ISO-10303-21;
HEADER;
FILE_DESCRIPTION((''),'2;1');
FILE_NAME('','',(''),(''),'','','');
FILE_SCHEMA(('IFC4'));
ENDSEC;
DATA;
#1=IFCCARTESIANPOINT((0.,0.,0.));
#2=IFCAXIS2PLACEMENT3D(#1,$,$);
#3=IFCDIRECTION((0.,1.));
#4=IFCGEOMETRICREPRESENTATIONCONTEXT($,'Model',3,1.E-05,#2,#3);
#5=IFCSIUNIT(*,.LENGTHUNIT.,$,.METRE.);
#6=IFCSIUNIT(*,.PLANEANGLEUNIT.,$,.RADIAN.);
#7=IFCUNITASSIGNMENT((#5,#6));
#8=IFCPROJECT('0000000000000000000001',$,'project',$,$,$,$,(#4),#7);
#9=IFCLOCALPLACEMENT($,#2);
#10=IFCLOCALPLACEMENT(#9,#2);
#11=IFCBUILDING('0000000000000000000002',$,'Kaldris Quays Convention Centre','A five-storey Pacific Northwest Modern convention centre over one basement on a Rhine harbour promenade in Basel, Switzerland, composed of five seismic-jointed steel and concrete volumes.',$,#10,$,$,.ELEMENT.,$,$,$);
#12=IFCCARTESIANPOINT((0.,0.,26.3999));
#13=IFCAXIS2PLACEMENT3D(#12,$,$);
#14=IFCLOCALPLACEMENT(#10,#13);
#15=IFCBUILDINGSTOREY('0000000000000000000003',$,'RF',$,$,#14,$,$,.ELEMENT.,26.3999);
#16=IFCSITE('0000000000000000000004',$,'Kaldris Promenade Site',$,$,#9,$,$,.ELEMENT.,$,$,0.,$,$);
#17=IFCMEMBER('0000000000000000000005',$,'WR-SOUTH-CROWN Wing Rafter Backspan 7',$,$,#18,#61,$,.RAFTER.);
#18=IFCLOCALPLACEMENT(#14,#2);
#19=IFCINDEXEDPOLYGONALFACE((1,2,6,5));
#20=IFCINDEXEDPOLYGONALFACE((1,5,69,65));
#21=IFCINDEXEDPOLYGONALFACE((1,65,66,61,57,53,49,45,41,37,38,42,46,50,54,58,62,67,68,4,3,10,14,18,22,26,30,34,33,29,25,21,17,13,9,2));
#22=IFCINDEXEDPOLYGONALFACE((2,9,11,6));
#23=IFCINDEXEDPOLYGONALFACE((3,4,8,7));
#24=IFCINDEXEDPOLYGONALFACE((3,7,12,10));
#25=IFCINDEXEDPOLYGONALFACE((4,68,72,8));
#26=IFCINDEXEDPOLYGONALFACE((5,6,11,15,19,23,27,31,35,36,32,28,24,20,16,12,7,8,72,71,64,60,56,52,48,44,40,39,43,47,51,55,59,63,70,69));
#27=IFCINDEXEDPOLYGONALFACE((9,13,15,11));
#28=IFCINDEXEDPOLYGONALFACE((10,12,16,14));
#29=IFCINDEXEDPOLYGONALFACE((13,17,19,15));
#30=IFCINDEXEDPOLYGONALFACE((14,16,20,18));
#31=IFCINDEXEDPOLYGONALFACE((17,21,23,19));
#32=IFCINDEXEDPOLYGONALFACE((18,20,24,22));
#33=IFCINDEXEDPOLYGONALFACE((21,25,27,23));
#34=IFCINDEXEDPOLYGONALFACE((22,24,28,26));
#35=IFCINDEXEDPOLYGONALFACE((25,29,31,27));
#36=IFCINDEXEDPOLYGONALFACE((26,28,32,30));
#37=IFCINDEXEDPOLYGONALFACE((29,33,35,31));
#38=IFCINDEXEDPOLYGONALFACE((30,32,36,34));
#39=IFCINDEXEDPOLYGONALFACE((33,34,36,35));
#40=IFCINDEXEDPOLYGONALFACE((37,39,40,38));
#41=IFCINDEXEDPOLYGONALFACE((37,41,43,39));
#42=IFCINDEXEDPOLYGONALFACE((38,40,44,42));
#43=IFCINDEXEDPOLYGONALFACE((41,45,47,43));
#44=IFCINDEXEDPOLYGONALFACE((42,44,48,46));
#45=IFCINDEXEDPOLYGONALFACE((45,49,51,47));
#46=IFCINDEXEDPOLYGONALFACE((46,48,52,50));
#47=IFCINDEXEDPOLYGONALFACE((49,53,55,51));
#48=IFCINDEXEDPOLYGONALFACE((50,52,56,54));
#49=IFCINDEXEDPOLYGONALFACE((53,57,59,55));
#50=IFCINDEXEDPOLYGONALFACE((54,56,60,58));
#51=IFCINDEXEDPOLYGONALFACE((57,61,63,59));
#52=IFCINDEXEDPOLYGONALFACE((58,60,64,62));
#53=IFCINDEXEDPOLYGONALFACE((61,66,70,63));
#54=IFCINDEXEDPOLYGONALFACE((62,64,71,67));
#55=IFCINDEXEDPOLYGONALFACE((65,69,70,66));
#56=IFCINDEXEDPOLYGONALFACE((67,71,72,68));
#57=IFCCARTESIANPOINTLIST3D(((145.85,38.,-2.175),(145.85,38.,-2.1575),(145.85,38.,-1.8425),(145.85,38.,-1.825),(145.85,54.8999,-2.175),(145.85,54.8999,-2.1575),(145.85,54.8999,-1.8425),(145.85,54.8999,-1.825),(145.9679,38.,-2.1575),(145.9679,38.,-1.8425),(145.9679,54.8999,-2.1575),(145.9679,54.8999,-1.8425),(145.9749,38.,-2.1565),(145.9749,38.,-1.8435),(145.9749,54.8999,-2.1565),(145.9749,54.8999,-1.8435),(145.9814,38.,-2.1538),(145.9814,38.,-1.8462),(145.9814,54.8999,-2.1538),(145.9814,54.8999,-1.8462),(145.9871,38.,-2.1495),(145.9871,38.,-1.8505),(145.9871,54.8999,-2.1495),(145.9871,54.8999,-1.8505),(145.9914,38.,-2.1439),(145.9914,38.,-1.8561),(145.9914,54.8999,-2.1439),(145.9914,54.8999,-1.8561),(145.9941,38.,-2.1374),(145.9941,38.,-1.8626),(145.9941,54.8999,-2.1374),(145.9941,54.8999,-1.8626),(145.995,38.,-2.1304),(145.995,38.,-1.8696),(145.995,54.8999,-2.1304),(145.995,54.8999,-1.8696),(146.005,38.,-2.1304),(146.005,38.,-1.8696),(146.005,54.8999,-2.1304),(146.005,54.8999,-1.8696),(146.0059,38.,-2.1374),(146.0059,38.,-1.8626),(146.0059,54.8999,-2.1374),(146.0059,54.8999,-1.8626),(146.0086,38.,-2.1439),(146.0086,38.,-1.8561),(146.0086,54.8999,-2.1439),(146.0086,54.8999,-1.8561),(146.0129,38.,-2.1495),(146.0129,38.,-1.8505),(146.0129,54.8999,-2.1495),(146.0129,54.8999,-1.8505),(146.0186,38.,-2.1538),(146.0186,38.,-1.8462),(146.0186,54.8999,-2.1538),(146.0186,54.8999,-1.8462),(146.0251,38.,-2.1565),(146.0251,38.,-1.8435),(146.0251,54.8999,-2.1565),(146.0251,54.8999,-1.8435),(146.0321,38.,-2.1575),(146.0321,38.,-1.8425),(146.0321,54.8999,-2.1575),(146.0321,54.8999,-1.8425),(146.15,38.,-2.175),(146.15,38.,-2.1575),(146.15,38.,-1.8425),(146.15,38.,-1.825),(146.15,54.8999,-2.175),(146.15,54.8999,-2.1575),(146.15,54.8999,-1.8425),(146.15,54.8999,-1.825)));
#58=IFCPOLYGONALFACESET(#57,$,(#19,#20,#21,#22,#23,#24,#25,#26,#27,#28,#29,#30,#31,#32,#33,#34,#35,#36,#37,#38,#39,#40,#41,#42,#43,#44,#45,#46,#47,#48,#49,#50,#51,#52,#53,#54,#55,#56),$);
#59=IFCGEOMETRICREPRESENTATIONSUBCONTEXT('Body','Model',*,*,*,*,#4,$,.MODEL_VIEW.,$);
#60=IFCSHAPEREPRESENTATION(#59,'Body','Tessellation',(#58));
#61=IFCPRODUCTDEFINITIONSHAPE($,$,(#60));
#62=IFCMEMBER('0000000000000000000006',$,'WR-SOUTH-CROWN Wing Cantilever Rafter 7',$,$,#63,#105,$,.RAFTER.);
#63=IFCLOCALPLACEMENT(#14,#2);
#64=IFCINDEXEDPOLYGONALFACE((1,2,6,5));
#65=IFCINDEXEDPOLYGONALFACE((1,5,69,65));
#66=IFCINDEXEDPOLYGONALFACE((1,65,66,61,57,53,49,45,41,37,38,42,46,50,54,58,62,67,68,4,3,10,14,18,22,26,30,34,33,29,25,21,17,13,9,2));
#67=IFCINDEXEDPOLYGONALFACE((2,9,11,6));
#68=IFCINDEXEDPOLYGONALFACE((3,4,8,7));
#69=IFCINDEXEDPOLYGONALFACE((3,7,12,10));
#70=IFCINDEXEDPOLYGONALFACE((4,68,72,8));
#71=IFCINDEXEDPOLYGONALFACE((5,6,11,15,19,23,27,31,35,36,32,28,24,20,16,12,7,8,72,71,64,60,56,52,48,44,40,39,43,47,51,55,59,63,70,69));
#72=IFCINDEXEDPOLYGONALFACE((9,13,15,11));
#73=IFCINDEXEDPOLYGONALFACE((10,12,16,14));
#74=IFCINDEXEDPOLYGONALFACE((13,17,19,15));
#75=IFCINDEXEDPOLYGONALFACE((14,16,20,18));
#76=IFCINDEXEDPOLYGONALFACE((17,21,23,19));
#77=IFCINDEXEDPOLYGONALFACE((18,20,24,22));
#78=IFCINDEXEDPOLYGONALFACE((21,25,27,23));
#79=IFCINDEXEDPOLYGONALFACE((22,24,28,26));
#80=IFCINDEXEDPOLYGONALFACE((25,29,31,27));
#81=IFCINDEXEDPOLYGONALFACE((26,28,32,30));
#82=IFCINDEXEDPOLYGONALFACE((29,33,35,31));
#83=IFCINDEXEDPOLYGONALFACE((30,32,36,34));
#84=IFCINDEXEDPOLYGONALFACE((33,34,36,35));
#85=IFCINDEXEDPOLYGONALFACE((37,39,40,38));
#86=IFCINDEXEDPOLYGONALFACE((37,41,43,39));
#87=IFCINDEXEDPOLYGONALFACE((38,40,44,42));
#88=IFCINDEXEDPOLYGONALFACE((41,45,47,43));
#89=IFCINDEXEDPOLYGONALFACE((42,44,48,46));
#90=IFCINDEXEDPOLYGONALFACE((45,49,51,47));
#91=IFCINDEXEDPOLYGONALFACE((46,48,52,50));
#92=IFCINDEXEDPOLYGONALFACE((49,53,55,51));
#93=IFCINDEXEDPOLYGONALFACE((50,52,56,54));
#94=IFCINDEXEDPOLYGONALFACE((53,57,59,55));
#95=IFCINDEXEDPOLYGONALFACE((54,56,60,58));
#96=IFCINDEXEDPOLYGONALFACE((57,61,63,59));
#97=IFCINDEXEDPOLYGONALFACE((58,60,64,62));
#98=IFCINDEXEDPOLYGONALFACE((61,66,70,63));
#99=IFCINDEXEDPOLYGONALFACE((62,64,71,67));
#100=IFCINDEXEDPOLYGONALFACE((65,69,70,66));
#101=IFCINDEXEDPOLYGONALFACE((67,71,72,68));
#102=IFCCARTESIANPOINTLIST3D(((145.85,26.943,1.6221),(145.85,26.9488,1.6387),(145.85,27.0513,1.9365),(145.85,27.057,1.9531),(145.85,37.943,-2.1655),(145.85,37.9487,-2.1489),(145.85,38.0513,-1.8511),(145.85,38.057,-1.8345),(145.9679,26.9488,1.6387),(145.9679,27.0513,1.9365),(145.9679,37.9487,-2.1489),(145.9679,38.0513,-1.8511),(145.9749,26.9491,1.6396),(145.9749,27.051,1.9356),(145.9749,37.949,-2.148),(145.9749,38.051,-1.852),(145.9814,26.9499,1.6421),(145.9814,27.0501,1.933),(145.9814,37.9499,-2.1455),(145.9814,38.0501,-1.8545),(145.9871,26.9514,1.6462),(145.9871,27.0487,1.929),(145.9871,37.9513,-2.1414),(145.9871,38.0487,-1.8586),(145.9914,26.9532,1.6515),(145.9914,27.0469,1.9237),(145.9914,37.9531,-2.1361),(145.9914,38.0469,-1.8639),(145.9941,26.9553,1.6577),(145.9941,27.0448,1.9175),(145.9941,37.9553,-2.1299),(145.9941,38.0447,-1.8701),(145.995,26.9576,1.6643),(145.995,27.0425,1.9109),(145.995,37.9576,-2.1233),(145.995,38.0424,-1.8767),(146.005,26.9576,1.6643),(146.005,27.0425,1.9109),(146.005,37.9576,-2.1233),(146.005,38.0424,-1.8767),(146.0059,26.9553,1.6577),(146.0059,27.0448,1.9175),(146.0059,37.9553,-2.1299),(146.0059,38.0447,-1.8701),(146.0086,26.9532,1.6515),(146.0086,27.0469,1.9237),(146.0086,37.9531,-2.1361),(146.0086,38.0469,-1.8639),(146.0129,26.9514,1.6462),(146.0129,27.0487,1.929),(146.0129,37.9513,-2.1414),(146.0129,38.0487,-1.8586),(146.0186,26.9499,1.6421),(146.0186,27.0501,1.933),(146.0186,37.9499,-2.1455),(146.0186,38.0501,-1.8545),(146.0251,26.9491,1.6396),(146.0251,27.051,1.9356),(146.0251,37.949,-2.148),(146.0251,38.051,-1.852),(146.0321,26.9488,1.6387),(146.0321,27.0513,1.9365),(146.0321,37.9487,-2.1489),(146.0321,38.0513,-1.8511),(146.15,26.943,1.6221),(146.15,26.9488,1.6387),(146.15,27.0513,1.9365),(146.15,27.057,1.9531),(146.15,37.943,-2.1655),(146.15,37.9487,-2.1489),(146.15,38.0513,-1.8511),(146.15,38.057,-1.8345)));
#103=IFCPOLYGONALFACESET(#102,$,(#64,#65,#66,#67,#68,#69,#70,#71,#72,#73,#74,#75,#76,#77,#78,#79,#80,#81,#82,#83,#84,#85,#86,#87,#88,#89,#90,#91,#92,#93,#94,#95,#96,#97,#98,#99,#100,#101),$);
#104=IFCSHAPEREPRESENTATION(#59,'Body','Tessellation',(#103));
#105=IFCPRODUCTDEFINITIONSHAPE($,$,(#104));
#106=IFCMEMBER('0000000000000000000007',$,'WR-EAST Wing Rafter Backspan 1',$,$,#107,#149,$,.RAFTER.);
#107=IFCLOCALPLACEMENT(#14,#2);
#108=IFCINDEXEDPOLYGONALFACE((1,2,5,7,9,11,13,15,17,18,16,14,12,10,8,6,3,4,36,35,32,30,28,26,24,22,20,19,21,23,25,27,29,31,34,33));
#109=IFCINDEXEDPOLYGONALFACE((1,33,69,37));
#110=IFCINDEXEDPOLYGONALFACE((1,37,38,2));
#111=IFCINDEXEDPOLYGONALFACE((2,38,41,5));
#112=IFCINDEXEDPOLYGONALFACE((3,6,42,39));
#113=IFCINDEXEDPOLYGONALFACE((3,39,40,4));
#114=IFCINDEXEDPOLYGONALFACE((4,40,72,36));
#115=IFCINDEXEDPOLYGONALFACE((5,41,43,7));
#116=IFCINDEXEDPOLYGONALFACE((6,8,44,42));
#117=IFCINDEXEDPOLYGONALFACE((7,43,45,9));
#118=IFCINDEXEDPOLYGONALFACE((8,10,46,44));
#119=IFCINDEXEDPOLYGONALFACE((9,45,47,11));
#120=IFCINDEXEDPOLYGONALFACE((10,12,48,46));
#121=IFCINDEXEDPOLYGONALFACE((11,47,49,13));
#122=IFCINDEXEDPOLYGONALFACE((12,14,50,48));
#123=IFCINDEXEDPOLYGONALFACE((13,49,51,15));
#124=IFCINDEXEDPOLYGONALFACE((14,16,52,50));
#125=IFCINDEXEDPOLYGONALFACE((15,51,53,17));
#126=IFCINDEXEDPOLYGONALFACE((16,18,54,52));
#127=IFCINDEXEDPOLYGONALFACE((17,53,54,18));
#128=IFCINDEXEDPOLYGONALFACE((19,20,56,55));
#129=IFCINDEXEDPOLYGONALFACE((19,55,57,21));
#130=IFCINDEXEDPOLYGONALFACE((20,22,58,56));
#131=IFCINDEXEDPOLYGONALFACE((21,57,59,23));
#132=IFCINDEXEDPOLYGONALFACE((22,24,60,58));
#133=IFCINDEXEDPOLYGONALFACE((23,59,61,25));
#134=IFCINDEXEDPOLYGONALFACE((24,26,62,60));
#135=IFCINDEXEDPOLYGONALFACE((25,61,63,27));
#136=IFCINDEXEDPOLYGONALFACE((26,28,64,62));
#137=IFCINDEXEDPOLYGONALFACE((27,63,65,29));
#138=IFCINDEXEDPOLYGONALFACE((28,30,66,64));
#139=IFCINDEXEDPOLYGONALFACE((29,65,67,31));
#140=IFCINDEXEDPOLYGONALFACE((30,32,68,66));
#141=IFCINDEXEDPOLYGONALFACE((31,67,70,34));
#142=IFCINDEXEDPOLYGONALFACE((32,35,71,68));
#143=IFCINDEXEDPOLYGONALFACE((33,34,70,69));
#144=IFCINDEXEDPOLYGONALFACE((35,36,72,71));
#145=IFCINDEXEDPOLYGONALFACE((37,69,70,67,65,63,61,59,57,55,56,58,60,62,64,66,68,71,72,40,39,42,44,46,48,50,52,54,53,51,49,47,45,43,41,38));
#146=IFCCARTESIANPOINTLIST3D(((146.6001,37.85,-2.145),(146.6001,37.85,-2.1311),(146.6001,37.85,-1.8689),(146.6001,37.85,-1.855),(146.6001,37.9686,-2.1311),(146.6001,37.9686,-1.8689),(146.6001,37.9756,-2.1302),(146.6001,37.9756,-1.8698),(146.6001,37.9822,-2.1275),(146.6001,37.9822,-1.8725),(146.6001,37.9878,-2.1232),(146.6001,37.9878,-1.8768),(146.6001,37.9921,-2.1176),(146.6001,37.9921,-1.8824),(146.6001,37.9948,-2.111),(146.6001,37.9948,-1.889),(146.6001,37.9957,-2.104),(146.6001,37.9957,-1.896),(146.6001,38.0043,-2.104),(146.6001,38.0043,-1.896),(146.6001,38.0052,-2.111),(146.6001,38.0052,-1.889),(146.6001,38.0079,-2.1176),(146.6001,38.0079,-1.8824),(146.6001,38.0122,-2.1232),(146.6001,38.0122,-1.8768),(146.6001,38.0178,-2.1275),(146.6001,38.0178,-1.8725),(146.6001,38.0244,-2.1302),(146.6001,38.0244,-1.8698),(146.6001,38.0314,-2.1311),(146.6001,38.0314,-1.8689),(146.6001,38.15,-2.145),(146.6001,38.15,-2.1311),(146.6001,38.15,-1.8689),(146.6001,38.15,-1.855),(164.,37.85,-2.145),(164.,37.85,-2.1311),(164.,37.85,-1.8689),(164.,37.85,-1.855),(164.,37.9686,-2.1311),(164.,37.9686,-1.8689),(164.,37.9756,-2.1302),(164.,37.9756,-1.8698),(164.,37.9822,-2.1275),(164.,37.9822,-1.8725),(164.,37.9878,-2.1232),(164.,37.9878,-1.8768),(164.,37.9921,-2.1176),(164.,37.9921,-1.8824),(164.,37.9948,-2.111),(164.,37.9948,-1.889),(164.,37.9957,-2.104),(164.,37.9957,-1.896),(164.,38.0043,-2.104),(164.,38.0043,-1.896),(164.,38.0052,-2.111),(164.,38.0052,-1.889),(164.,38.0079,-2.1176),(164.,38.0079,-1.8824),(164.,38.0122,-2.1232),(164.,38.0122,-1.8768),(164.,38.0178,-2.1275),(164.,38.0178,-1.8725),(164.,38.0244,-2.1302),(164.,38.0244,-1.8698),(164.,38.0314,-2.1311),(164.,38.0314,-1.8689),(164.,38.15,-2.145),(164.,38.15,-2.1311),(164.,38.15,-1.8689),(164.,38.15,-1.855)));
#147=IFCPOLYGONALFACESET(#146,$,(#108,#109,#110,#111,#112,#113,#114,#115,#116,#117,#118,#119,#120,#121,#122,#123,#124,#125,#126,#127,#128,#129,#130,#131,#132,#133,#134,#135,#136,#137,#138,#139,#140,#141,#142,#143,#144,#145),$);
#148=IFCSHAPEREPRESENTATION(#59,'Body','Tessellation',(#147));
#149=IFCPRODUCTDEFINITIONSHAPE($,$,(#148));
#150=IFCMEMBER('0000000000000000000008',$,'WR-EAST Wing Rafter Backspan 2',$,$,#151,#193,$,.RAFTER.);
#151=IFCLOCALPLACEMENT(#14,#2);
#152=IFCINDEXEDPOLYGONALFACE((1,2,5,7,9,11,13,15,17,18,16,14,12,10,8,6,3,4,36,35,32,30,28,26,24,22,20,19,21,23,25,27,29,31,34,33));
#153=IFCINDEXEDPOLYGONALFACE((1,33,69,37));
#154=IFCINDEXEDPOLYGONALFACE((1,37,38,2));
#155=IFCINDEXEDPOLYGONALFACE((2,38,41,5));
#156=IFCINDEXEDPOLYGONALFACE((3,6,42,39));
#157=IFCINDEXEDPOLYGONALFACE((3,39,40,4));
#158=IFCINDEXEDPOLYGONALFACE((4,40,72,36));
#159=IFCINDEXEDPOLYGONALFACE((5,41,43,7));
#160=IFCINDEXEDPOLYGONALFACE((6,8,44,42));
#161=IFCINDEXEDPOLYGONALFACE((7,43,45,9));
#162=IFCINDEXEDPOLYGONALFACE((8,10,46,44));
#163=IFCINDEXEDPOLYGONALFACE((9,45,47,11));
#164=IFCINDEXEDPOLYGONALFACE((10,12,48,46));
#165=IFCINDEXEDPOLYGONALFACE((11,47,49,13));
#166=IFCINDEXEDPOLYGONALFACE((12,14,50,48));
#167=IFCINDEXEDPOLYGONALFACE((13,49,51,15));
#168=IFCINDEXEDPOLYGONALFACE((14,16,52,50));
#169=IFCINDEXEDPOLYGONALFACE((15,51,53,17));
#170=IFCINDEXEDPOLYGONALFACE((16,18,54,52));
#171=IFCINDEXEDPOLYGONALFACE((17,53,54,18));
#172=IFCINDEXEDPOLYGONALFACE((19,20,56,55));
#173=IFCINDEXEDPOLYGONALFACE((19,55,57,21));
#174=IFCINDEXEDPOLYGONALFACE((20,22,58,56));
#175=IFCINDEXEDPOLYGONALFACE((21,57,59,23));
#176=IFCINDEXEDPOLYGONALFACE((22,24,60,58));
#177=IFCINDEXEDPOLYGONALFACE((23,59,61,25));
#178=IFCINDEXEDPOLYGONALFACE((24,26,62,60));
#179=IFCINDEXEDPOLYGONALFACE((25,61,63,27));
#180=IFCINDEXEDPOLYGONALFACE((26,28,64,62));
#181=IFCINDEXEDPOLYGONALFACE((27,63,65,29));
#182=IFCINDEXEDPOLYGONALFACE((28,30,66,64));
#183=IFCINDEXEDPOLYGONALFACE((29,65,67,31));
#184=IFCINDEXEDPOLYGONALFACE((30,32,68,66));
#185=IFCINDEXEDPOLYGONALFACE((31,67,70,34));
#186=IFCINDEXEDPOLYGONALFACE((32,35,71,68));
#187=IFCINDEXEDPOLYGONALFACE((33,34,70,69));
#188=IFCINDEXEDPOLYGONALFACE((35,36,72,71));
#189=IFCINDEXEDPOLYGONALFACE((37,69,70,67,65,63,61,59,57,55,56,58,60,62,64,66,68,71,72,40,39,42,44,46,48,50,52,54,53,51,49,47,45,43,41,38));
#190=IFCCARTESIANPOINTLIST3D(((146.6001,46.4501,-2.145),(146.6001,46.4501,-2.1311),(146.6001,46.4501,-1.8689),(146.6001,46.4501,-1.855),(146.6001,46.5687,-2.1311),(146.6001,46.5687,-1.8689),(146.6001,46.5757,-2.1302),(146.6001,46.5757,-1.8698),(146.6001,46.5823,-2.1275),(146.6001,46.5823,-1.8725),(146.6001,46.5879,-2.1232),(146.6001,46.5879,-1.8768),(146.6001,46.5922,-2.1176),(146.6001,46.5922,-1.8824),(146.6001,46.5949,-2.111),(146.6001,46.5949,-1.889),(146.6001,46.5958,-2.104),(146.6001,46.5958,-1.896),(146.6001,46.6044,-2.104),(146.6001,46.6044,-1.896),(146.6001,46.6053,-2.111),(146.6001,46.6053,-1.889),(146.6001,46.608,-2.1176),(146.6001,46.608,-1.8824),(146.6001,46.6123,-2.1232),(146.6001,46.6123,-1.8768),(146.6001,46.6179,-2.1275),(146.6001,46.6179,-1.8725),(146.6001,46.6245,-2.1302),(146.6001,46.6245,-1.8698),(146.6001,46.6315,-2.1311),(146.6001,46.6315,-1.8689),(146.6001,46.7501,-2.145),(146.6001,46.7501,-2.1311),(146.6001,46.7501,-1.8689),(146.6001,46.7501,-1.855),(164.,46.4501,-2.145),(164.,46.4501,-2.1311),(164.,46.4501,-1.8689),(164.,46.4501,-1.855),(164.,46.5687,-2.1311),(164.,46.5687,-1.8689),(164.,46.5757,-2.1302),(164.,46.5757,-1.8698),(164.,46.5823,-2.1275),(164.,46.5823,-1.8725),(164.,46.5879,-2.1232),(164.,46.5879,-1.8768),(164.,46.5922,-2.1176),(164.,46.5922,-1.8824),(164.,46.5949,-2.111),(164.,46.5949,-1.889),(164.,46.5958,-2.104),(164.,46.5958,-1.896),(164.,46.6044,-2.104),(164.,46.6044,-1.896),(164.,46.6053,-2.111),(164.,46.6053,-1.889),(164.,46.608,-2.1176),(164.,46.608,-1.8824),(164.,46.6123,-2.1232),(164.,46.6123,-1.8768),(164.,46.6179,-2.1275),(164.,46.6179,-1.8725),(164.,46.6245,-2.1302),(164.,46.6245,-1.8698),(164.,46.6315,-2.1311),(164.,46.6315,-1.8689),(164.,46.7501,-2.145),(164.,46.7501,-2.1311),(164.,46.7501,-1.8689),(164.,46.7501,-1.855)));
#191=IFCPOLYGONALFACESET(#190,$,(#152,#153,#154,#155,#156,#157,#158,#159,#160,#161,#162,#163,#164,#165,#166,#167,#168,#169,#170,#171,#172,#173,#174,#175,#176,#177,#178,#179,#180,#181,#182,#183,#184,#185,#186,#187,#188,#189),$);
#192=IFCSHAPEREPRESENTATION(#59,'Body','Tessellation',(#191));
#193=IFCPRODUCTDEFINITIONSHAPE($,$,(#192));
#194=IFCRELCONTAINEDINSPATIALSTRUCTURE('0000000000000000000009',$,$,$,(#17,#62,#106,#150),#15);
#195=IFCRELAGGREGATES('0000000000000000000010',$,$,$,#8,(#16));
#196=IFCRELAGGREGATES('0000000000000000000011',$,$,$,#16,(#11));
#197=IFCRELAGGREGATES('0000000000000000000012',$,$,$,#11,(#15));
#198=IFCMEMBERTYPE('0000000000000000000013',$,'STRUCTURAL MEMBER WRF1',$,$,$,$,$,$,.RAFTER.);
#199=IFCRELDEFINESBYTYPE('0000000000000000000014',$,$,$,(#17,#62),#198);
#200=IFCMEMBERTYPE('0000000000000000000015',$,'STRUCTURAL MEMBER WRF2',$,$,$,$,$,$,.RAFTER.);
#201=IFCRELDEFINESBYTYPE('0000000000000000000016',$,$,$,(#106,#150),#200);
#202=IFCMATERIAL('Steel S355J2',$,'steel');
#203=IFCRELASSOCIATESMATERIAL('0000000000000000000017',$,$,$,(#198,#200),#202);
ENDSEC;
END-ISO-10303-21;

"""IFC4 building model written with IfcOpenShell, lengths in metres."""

from ifc_helpers import new_model, si_unit, direction, frame, origin, origin_2d, place, context, subcontext, project, spatial, i_section, extrude, material, material_profile, profile_set, type_object, element, save


model = new_model("IFC4")

# Units and contexts
model_context = context("Model", 3, precision=1e-05, world=origin(), true_north=direction((0.0, 1.0)))
body_context = subcontext(model_context, "Body", "Model", "MODEL_VIEW")
ifc_project = project(units=[si_unit("LENGTHUNIT", "METRE"), si_unit("PLANEANGLEUNIT", "RADIAN")], contexts=[model_context])

# Site, building, storey
site_placement = place(None, origin())
site = spatial("IfcSite", under=ifc_project, at=site_placement, Name="Kaldris Promenade Site", CompositionType="ELEMENT", RefElevation=0.0)
building_placement = place(site_placement, origin())
building = spatial("IfcBuilding", under=site, at=building_placement, Name="Kaldris Quays Convention Centre", Description="A five-storey Pacific Northwest Modern convention centre over one basement on a Rhine harbour promenade in Basel, Switzerland, composed of five seismic-jointed steel and concrete volumes.", CompositionType="ELEMENT")
storey_placement = place(building_placement, frame((0.0, 0.0, 26.3999)))
storey = spatial("IfcBuildingStorey", under=building, at=storey_placement, Name="RF", CompositionType="ELEMENT", Elevation=26.3999)

# Members
ifc_material_1 = material(Name="Steel S355J2", Category="steel")
ifc_material_profile_1 = material_profile(ifc_material_1, i_section(OverallWidth=0.3, OverallDepth=0.3501, WebThickness=0.01, FlangeThickness=0.0176, FilletRadius=0.0271, at=origin_2d()), Name="HEA 360")
ifc_profile_set_1 = profile_set([ifc_material_profile_1], Name="Steel S355J2")
member_type_1 = type_object("IfcMemberType", Name="STRUCTURAL MEMBER WRF1", PredefinedType="RAFTER", material=ifc_profile_set_1)
member_1_placement = place(storey_placement, frame((146.0, 54.8999, -2.0), z_axis=(0.0, -1.0, 0.0), x_axis=(1.0, 0.0, 0.0)))
element("IfcMember", 1, at=member_1_placement, inside=storey, type_object=member_type_1, Name="WR-SOUTH-CROWN Wing Rafter Backspan 7", PredefinedType="RAFTER", context=body_context, shape_type="SweptSolid", body=[
    extrude(i_section(OverallWidth=0.3, OverallDepth=0.3501, WebThickness=0.01, FlangeThickness=0.0176, FilletRadius=0.0271, at=origin_2d()), origin(), (0.0, 0.0, 1.0), 16.8999),
])
member_2_placement = place(storey_placement, frame((146.0, 38.0, -2.0), z_axis=(0.0, -0.945519, 0.325568), x_axis=(1.0, 0.0, 0.0)))
element("IfcMember", 2, at=member_2_placement, inside=storey, type_object=member_type_1, Name="WR-SOUTH-CROWN Wing Cantilever Rafter 7", PredefinedType="RAFTER", context=body_context, shape_type="SweptSolid", body=[
    extrude(i_section(OverallWidth=0.3, OverallDepth=0.3501, WebThickness=0.01, FlangeThickness=0.0176, FilletRadius=0.0271, at=origin_2d()), origin(), (0.0, 0.0, 1.0), 11.6338),
])
ifc_material_profile_2 = material_profile(ifc_material_1, i_section(OverallWidth=0.3, OverallDepth=0.29, WebThickness=0.0085, FlangeThickness=0.0139, FilletRadius=0.0271, at=origin_2d()), Name="HEA 300")
ifc_profile_set_2 = profile_set([ifc_material_profile_2], Name="Steel S355J2")
member_type_2 = type_object("IfcMemberType", Name="STRUCTURAL MEMBER WRF2", PredefinedType="RAFTER", material=ifc_profile_set_2)
for number, where, z_axis, x_axis, name in (
    (3, (146.6001, 38.0, -2.0), (1.0, 0.0, 0.0), (0.0, 1.0, 0.0), "WR-EAST Wing Rafter Backspan 1"),
    (4, (146.6001, 46.6001, -2.0), (1.0, 0.0, 0.0), (0.0, 1.0, 0.0), "WR-EAST Wing Rafter Backspan 2"),
):
    element("IfcMember", number, at=place(storey_placement, frame(where, z_axis=z_axis, x_axis=x_axis)), inside=storey, type_object=member_type_2, Name=name, PredefinedType="RAFTER", context=body_context, shape_type="SweptSolid", body=[
        extrude(i_section(OverallWidth=0.3, OverallDepth=0.29, WebThickness=0.0085, FlangeThickness=0.0139, FilletRadius=0.0271, at=origin_2d()), origin(), (0.0, 0.0, 1.0), 17.3999),
    ])

save(model, "model.ifc")
